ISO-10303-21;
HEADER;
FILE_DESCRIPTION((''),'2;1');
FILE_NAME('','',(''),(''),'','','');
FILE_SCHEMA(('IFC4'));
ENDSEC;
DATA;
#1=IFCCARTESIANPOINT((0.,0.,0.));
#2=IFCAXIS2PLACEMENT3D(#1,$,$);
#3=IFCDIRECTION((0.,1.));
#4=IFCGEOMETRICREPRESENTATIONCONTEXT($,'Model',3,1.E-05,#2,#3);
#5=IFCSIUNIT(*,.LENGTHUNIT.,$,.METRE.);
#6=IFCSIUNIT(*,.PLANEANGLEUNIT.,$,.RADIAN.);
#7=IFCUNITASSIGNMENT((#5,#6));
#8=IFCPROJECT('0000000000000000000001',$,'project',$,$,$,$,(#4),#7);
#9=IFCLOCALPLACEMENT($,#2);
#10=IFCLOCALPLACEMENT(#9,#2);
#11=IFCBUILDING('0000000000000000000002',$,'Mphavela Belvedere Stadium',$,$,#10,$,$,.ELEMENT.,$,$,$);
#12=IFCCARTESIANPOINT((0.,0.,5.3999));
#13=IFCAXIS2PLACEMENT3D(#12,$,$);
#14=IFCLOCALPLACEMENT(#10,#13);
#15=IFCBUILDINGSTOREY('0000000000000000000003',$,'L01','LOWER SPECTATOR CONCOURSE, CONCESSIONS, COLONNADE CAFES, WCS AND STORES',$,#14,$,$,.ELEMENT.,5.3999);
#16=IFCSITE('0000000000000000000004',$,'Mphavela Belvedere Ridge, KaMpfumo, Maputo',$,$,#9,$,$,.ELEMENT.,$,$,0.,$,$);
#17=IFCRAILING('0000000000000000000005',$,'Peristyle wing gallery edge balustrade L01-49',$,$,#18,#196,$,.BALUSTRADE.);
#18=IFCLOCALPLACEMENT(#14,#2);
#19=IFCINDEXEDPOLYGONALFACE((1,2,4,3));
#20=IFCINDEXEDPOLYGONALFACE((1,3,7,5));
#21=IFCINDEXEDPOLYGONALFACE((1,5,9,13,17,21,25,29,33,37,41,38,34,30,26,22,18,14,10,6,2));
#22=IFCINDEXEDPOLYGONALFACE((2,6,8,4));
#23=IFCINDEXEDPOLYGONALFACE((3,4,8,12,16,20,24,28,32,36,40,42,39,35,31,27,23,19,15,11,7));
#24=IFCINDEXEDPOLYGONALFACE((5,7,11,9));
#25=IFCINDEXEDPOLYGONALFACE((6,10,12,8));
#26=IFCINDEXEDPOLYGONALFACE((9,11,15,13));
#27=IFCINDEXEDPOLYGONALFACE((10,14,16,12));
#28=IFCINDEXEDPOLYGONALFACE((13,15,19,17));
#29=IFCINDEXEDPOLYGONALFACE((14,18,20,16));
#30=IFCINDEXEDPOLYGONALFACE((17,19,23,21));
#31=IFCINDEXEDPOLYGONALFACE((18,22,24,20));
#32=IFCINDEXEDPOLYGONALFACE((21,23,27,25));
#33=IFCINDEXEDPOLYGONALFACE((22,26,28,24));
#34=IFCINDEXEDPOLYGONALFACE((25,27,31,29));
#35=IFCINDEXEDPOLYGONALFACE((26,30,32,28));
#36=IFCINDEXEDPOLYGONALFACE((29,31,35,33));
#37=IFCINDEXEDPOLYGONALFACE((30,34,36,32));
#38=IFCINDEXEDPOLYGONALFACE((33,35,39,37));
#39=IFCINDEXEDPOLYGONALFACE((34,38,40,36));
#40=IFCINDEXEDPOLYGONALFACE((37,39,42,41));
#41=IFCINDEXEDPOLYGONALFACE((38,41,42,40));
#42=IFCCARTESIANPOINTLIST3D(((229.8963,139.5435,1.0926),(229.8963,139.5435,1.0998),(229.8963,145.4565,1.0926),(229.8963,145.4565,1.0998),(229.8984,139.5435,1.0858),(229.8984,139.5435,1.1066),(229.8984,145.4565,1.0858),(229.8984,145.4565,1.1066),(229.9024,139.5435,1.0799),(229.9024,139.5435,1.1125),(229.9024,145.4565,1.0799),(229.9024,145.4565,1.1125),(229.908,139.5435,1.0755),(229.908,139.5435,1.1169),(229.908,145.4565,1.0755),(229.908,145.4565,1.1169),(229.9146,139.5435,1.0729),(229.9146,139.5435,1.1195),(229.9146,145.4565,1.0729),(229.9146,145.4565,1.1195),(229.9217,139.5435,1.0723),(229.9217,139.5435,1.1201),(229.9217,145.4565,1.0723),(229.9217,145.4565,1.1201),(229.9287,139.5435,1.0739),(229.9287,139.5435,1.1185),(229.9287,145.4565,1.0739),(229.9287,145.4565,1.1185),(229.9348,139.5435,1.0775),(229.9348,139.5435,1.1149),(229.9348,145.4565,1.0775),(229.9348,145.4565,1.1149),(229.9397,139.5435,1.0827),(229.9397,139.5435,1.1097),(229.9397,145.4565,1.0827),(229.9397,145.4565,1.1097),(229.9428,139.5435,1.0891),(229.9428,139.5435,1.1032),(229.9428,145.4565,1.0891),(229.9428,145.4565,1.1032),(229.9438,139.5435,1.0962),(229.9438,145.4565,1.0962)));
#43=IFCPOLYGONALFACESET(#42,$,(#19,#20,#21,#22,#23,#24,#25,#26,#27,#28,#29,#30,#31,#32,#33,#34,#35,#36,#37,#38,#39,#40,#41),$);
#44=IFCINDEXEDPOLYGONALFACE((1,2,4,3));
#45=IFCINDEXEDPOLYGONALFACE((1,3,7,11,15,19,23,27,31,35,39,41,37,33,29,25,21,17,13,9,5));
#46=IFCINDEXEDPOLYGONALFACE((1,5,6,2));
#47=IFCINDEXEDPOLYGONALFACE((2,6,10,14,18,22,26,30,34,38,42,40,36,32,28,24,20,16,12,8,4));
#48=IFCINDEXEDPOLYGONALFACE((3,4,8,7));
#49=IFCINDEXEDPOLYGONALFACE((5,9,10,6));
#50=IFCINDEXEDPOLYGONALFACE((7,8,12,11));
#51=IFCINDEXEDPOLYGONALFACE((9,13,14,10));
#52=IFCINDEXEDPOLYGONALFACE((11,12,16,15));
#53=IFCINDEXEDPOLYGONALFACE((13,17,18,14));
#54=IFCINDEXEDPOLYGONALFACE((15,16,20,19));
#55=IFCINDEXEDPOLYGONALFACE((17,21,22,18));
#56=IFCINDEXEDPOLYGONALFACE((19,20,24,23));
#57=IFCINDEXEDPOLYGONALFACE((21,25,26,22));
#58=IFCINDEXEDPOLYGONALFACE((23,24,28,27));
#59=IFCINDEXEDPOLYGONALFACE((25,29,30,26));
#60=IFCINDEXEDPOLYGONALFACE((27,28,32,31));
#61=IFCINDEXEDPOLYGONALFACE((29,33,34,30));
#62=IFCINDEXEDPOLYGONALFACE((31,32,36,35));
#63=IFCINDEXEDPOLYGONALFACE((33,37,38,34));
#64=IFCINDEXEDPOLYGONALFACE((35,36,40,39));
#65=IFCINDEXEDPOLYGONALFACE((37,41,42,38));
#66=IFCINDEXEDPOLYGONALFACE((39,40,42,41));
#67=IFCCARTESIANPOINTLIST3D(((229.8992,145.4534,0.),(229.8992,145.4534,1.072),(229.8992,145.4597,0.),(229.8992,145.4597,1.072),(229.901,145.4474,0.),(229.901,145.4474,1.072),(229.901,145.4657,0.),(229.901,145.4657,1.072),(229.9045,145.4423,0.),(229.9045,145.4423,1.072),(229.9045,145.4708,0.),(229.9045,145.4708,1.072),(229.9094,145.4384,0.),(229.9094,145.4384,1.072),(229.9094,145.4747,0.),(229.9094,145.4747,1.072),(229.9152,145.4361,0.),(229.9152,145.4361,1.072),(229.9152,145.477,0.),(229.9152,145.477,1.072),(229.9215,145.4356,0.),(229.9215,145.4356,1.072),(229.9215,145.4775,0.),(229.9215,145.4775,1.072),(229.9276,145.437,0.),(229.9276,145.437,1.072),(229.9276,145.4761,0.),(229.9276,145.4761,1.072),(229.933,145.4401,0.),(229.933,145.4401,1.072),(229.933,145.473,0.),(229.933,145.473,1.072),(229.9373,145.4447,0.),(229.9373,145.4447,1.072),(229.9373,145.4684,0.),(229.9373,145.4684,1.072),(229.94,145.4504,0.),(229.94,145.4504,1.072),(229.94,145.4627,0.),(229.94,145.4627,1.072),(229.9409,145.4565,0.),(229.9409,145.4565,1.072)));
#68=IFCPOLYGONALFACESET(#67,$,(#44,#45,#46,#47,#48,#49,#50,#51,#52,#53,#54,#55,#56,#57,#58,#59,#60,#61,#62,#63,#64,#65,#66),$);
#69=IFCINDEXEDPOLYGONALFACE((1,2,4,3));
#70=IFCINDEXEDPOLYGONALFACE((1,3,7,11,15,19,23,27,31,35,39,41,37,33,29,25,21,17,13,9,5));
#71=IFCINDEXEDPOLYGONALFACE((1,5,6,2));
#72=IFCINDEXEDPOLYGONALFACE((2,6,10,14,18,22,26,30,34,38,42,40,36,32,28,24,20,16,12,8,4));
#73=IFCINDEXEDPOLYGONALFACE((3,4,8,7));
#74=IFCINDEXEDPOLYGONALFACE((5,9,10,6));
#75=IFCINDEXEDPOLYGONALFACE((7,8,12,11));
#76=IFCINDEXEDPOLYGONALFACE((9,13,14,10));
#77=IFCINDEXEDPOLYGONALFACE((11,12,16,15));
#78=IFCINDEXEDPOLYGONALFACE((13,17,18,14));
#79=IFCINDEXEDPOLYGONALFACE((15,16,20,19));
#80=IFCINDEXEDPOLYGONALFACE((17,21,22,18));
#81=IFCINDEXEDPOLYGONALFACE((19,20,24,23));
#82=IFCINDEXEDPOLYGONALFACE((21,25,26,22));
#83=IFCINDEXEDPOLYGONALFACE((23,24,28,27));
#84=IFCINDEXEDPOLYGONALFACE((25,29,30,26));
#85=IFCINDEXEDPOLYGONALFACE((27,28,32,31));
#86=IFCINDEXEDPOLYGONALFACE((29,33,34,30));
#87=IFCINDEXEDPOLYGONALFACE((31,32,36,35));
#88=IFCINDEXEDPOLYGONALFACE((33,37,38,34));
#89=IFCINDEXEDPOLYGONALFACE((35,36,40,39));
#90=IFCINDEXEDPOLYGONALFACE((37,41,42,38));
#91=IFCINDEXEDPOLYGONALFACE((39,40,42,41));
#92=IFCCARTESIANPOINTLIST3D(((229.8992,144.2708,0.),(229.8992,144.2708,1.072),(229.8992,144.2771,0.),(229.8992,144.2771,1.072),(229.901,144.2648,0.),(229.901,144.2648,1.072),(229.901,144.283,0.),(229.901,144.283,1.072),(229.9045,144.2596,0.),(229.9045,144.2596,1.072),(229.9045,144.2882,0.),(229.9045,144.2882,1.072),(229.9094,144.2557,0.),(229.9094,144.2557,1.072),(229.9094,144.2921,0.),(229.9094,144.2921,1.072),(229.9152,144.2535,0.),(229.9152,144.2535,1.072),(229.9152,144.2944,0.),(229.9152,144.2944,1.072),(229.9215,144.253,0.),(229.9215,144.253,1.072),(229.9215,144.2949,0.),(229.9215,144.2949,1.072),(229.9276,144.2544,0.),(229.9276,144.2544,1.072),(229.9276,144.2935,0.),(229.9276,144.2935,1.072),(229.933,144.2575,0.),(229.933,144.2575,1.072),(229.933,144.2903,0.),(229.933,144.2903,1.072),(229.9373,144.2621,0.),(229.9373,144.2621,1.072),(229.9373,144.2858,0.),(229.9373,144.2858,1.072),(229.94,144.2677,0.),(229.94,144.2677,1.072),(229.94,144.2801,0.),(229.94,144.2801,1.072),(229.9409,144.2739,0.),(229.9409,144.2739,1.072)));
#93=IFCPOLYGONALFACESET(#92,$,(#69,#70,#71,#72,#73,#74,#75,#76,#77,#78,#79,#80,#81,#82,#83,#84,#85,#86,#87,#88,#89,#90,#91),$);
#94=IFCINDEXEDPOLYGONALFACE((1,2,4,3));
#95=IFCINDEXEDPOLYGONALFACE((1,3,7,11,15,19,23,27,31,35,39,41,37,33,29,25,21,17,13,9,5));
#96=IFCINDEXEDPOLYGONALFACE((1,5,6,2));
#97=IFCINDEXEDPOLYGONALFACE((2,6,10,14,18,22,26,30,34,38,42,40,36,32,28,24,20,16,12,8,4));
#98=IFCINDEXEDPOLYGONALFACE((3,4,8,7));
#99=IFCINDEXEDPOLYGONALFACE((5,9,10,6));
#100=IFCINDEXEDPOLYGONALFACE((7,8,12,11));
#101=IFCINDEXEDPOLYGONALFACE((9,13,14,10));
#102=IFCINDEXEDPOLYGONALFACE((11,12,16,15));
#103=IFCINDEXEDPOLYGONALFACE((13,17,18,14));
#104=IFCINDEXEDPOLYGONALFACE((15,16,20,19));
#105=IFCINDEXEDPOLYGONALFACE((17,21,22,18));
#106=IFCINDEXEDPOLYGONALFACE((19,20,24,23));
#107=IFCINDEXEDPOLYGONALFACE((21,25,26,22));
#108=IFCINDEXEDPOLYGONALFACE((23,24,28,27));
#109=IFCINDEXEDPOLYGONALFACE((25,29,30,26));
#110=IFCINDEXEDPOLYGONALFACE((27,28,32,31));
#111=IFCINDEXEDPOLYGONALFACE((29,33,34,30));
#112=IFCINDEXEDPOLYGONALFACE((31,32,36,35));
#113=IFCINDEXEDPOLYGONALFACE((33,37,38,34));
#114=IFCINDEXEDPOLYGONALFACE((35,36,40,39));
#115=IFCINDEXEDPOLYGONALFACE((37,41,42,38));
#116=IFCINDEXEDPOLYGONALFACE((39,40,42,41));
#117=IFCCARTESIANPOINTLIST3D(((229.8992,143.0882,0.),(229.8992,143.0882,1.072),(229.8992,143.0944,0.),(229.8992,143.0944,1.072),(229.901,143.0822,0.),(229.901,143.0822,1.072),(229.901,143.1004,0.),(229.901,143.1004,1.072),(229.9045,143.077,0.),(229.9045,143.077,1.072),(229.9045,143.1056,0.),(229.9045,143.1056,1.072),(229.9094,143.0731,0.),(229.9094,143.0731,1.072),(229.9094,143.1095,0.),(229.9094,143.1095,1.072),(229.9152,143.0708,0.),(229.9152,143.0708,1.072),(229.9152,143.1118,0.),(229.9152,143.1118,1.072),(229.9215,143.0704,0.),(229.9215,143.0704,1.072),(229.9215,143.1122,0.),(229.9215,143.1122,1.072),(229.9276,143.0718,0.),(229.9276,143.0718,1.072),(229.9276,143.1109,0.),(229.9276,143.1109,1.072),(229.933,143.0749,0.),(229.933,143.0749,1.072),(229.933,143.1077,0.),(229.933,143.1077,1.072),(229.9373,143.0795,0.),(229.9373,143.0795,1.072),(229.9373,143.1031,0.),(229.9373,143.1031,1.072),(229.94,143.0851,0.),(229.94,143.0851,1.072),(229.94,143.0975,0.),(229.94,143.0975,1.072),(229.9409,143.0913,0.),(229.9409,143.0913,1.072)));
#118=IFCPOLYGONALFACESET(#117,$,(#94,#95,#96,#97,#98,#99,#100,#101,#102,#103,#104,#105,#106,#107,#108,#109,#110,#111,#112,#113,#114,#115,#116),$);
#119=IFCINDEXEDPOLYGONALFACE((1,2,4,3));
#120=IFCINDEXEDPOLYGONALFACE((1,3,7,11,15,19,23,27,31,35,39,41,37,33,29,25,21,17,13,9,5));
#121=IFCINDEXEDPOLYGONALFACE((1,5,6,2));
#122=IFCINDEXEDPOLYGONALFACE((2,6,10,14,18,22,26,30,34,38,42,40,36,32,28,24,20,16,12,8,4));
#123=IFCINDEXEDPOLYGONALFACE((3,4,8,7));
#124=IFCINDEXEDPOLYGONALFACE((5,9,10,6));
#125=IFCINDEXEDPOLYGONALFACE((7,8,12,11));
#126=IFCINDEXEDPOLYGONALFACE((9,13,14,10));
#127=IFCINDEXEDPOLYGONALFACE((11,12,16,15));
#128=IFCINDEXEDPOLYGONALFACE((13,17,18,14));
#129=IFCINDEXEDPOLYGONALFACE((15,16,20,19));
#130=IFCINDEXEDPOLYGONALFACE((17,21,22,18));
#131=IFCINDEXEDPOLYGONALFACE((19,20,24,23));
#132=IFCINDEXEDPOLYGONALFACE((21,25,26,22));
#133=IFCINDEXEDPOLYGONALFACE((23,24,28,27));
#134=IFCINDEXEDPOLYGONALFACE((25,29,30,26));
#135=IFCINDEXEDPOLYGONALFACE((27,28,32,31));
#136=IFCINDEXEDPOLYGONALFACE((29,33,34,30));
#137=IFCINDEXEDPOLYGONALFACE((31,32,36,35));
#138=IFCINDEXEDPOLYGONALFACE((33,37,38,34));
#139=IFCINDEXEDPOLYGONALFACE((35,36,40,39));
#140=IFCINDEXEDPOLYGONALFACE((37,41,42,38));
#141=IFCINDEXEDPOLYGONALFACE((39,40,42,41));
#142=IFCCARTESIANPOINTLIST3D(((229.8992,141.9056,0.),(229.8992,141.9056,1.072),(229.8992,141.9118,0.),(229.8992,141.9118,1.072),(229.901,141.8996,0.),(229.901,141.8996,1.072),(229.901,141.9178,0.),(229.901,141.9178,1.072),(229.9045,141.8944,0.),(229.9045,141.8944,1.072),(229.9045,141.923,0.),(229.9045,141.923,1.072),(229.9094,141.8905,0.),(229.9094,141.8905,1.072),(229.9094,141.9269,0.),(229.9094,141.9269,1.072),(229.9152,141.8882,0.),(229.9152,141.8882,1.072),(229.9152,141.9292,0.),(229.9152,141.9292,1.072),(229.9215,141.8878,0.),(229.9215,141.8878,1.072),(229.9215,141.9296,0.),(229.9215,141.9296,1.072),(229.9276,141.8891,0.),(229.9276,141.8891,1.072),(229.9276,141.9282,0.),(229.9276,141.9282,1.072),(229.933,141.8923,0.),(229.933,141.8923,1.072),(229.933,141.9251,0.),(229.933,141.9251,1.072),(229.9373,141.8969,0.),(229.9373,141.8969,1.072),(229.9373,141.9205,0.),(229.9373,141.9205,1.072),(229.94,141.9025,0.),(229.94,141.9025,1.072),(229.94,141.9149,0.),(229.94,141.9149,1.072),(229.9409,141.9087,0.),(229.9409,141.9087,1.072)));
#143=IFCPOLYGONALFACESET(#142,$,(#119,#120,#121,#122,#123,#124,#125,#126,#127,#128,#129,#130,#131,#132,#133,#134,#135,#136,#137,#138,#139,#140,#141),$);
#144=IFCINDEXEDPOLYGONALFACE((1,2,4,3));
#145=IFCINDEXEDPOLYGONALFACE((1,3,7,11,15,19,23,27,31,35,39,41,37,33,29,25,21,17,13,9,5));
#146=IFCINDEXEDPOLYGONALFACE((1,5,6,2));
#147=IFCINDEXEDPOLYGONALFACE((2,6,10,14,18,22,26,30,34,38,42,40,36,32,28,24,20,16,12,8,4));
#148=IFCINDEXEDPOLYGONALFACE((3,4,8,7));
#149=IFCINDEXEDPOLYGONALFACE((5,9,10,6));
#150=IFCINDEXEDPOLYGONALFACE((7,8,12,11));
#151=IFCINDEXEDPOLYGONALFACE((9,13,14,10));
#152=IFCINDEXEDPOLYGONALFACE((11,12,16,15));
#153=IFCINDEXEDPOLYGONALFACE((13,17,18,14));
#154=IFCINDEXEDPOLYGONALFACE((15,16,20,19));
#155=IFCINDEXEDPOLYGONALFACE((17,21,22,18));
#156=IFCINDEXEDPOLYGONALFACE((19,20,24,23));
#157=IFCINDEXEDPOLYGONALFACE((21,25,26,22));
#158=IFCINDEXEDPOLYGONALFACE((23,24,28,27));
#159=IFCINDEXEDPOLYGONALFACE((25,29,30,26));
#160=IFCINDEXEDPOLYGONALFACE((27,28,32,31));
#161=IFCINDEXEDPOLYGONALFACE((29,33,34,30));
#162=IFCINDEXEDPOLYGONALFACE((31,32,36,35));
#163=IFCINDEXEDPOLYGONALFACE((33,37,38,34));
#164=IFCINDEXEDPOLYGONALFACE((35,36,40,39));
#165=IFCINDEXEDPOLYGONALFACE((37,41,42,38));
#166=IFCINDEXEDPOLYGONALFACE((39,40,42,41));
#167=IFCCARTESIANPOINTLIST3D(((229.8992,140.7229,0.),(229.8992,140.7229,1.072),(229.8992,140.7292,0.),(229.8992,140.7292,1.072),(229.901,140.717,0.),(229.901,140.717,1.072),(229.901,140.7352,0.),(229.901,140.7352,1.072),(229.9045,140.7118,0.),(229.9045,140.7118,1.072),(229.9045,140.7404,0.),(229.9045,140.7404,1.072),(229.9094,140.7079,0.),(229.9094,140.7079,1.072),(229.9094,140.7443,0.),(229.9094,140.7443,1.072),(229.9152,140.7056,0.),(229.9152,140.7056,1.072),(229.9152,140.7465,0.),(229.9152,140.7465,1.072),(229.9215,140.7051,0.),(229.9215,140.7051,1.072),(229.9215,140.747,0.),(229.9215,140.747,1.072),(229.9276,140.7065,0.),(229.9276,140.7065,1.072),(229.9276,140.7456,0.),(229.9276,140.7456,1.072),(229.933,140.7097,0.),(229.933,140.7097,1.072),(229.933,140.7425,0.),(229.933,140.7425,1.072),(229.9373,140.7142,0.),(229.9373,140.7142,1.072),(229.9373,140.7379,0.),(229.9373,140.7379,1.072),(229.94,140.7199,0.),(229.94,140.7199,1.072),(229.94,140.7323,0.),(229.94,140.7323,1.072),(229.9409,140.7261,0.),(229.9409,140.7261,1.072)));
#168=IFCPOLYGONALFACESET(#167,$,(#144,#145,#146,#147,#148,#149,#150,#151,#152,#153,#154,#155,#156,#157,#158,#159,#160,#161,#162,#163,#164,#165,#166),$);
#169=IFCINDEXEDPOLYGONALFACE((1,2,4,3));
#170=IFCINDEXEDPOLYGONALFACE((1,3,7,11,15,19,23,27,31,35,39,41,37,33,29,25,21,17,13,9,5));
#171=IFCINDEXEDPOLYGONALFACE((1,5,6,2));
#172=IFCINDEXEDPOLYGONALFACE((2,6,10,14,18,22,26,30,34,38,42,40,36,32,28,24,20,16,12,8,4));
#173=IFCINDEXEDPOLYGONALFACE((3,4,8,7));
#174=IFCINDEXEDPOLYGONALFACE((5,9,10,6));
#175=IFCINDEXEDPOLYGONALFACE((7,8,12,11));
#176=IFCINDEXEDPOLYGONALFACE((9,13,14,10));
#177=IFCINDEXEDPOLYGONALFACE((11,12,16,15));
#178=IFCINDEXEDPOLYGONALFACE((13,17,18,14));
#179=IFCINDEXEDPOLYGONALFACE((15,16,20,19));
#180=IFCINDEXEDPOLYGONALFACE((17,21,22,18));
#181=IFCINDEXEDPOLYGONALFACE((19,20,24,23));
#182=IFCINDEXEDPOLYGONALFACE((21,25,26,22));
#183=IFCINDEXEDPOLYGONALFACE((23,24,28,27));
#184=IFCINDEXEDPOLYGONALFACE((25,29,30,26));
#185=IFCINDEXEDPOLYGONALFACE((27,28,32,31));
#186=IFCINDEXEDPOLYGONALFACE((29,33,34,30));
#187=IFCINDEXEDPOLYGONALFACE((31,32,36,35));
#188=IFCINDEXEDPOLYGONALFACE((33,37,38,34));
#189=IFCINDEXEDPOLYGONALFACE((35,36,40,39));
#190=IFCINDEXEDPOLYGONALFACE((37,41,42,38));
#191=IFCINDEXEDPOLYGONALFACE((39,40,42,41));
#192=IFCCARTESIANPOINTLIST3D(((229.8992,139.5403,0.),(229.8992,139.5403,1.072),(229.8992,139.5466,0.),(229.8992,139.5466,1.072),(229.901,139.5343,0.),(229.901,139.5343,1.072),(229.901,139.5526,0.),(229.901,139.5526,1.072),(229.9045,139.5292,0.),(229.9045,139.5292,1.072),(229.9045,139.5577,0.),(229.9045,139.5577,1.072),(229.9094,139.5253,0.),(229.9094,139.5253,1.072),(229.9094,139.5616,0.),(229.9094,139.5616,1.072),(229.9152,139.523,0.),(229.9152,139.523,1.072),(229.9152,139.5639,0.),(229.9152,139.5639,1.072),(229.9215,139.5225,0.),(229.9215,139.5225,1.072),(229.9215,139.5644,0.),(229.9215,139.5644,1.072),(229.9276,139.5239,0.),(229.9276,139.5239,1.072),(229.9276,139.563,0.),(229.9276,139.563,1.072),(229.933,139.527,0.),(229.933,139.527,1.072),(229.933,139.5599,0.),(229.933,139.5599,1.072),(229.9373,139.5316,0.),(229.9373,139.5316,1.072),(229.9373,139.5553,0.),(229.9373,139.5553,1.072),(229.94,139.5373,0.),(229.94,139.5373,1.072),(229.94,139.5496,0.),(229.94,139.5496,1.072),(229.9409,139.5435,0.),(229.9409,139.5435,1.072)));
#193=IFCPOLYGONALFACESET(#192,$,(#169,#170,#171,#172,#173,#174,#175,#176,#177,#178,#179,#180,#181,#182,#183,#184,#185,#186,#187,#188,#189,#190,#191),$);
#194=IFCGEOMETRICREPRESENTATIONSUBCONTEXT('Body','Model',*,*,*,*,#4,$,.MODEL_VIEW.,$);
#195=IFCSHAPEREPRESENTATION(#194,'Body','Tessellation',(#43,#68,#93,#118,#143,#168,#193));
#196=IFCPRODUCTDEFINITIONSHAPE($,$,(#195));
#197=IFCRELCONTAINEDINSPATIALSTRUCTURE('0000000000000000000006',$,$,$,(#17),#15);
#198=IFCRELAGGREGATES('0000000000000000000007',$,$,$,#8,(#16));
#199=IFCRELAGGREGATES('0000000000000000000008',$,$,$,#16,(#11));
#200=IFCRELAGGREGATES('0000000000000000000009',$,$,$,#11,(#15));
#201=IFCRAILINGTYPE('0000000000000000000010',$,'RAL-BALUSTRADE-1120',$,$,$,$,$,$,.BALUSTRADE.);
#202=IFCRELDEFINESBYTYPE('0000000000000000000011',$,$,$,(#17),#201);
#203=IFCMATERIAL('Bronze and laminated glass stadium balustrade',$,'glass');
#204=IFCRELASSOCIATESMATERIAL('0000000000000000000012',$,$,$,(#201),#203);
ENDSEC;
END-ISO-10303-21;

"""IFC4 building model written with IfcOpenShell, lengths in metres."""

from ifc_helpers import new_model, si_unit, direction, frame, origin, origin_2d, place, context, subcontext, project, spatial, circle, extrude, material, type_object, element, save


model = new_model("IFC4")

# Units and contexts
model_context = context("Model", 3, precision=1e-05, world=origin(), true_north=direction((0.0, 1.0)))
body_context = subcontext(model_context, "Body", "Model", "MODEL_VIEW")
ifc_project = project(units=[si_unit("LENGTHUNIT", "METRE"), si_unit("PLANEANGLEUNIT", "RADIAN")], contexts=[model_context])

# Site, building, storey
site_placement = place(None, origin())
site = spatial("IfcSite", under=ifc_project, at=site_placement, Name="Mphavela Belvedere Ridge, KaMpfumo, Maputo", CompositionType="ELEMENT", RefElevation=0.0)
building_placement = place(site_placement, origin())
building = spatial("IfcBuilding", under=site, at=building_placement, Name="Mphavela Belvedere Stadium", CompositionType="ELEMENT")
storey_placement = place(building_placement, frame((0.0, 0.0, 5.3999)))
storey = spatial("IfcBuildingStorey", under=building, at=storey_placement, Name="L01", Description="LOWER SPECTATOR CONCOURSE, CONCESSIONS, COLONNADE CAFES, WCS AND STORES", CompositionType="ELEMENT", Elevation=5.3999)

# Railing
ifc_material_1 = material(Name="Bronze and laminated glass stadium balustrade", Category="glass")
railing_type = type_object("IfcRailingType", Name="RAL-BALUSTRADE-1120", PredefinedType="BALUSTRADE", material=ifc_material_1)
for number, where, name in (
    (1, (229.9199, 145.4565, 0.0), "Peristyle wing gallery edge balustrade L01-49"),
):
    element("IfcRailing", number, at=place(storey_placement, frame(where)), inside=storey, type_object=railing_type, Name=name, PredefinedType="BALUSTRADE", context=body_context, shape_type="SweptSolid", body=[
        extrude(circle(Radius=0.0239, at=origin_2d()), frame((0.0, 0.0, 1.0962), z_axis=(0.0, -1.0, 0.0), x_axis=(1.0, 0.0, 0.0)), (0.0, 0.0, 1.0), 5.9131),
        extrude(circle(Radius=0.021, at=origin_2d()), origin(), (0.0, 0.0, 1.0), 1.072),
        extrude(circle(Radius=0.021, at=origin_2d()), frame((0.0, -1.1826, 0.0)), (0.0, 0.0, 1.0), 1.072),
        extrude(circle(Radius=0.021, at=origin_2d()), frame((0.0, -2.3652, 0.0)), (0.0, 0.0, 1.0), 1.072),
        extrude(circle(Radius=0.021, at=origin_2d()), frame((0.0, -3.5479, 0.0)), (0.0, 0.0, 1.0), 1.072),
        extrude(circle(Radius=0.021, at=origin_2d()), frame((0.0, -4.7305, 0.0)), (0.0, 0.0, 1.0), 1.072),
        extrude(circle(Radius=0.021, at=origin_2d()), frame((0.0, -5.9131, 0.0)), (0.0, 0.0, 1.0), 1.072),
    ])

save(model, "model.ifc")
